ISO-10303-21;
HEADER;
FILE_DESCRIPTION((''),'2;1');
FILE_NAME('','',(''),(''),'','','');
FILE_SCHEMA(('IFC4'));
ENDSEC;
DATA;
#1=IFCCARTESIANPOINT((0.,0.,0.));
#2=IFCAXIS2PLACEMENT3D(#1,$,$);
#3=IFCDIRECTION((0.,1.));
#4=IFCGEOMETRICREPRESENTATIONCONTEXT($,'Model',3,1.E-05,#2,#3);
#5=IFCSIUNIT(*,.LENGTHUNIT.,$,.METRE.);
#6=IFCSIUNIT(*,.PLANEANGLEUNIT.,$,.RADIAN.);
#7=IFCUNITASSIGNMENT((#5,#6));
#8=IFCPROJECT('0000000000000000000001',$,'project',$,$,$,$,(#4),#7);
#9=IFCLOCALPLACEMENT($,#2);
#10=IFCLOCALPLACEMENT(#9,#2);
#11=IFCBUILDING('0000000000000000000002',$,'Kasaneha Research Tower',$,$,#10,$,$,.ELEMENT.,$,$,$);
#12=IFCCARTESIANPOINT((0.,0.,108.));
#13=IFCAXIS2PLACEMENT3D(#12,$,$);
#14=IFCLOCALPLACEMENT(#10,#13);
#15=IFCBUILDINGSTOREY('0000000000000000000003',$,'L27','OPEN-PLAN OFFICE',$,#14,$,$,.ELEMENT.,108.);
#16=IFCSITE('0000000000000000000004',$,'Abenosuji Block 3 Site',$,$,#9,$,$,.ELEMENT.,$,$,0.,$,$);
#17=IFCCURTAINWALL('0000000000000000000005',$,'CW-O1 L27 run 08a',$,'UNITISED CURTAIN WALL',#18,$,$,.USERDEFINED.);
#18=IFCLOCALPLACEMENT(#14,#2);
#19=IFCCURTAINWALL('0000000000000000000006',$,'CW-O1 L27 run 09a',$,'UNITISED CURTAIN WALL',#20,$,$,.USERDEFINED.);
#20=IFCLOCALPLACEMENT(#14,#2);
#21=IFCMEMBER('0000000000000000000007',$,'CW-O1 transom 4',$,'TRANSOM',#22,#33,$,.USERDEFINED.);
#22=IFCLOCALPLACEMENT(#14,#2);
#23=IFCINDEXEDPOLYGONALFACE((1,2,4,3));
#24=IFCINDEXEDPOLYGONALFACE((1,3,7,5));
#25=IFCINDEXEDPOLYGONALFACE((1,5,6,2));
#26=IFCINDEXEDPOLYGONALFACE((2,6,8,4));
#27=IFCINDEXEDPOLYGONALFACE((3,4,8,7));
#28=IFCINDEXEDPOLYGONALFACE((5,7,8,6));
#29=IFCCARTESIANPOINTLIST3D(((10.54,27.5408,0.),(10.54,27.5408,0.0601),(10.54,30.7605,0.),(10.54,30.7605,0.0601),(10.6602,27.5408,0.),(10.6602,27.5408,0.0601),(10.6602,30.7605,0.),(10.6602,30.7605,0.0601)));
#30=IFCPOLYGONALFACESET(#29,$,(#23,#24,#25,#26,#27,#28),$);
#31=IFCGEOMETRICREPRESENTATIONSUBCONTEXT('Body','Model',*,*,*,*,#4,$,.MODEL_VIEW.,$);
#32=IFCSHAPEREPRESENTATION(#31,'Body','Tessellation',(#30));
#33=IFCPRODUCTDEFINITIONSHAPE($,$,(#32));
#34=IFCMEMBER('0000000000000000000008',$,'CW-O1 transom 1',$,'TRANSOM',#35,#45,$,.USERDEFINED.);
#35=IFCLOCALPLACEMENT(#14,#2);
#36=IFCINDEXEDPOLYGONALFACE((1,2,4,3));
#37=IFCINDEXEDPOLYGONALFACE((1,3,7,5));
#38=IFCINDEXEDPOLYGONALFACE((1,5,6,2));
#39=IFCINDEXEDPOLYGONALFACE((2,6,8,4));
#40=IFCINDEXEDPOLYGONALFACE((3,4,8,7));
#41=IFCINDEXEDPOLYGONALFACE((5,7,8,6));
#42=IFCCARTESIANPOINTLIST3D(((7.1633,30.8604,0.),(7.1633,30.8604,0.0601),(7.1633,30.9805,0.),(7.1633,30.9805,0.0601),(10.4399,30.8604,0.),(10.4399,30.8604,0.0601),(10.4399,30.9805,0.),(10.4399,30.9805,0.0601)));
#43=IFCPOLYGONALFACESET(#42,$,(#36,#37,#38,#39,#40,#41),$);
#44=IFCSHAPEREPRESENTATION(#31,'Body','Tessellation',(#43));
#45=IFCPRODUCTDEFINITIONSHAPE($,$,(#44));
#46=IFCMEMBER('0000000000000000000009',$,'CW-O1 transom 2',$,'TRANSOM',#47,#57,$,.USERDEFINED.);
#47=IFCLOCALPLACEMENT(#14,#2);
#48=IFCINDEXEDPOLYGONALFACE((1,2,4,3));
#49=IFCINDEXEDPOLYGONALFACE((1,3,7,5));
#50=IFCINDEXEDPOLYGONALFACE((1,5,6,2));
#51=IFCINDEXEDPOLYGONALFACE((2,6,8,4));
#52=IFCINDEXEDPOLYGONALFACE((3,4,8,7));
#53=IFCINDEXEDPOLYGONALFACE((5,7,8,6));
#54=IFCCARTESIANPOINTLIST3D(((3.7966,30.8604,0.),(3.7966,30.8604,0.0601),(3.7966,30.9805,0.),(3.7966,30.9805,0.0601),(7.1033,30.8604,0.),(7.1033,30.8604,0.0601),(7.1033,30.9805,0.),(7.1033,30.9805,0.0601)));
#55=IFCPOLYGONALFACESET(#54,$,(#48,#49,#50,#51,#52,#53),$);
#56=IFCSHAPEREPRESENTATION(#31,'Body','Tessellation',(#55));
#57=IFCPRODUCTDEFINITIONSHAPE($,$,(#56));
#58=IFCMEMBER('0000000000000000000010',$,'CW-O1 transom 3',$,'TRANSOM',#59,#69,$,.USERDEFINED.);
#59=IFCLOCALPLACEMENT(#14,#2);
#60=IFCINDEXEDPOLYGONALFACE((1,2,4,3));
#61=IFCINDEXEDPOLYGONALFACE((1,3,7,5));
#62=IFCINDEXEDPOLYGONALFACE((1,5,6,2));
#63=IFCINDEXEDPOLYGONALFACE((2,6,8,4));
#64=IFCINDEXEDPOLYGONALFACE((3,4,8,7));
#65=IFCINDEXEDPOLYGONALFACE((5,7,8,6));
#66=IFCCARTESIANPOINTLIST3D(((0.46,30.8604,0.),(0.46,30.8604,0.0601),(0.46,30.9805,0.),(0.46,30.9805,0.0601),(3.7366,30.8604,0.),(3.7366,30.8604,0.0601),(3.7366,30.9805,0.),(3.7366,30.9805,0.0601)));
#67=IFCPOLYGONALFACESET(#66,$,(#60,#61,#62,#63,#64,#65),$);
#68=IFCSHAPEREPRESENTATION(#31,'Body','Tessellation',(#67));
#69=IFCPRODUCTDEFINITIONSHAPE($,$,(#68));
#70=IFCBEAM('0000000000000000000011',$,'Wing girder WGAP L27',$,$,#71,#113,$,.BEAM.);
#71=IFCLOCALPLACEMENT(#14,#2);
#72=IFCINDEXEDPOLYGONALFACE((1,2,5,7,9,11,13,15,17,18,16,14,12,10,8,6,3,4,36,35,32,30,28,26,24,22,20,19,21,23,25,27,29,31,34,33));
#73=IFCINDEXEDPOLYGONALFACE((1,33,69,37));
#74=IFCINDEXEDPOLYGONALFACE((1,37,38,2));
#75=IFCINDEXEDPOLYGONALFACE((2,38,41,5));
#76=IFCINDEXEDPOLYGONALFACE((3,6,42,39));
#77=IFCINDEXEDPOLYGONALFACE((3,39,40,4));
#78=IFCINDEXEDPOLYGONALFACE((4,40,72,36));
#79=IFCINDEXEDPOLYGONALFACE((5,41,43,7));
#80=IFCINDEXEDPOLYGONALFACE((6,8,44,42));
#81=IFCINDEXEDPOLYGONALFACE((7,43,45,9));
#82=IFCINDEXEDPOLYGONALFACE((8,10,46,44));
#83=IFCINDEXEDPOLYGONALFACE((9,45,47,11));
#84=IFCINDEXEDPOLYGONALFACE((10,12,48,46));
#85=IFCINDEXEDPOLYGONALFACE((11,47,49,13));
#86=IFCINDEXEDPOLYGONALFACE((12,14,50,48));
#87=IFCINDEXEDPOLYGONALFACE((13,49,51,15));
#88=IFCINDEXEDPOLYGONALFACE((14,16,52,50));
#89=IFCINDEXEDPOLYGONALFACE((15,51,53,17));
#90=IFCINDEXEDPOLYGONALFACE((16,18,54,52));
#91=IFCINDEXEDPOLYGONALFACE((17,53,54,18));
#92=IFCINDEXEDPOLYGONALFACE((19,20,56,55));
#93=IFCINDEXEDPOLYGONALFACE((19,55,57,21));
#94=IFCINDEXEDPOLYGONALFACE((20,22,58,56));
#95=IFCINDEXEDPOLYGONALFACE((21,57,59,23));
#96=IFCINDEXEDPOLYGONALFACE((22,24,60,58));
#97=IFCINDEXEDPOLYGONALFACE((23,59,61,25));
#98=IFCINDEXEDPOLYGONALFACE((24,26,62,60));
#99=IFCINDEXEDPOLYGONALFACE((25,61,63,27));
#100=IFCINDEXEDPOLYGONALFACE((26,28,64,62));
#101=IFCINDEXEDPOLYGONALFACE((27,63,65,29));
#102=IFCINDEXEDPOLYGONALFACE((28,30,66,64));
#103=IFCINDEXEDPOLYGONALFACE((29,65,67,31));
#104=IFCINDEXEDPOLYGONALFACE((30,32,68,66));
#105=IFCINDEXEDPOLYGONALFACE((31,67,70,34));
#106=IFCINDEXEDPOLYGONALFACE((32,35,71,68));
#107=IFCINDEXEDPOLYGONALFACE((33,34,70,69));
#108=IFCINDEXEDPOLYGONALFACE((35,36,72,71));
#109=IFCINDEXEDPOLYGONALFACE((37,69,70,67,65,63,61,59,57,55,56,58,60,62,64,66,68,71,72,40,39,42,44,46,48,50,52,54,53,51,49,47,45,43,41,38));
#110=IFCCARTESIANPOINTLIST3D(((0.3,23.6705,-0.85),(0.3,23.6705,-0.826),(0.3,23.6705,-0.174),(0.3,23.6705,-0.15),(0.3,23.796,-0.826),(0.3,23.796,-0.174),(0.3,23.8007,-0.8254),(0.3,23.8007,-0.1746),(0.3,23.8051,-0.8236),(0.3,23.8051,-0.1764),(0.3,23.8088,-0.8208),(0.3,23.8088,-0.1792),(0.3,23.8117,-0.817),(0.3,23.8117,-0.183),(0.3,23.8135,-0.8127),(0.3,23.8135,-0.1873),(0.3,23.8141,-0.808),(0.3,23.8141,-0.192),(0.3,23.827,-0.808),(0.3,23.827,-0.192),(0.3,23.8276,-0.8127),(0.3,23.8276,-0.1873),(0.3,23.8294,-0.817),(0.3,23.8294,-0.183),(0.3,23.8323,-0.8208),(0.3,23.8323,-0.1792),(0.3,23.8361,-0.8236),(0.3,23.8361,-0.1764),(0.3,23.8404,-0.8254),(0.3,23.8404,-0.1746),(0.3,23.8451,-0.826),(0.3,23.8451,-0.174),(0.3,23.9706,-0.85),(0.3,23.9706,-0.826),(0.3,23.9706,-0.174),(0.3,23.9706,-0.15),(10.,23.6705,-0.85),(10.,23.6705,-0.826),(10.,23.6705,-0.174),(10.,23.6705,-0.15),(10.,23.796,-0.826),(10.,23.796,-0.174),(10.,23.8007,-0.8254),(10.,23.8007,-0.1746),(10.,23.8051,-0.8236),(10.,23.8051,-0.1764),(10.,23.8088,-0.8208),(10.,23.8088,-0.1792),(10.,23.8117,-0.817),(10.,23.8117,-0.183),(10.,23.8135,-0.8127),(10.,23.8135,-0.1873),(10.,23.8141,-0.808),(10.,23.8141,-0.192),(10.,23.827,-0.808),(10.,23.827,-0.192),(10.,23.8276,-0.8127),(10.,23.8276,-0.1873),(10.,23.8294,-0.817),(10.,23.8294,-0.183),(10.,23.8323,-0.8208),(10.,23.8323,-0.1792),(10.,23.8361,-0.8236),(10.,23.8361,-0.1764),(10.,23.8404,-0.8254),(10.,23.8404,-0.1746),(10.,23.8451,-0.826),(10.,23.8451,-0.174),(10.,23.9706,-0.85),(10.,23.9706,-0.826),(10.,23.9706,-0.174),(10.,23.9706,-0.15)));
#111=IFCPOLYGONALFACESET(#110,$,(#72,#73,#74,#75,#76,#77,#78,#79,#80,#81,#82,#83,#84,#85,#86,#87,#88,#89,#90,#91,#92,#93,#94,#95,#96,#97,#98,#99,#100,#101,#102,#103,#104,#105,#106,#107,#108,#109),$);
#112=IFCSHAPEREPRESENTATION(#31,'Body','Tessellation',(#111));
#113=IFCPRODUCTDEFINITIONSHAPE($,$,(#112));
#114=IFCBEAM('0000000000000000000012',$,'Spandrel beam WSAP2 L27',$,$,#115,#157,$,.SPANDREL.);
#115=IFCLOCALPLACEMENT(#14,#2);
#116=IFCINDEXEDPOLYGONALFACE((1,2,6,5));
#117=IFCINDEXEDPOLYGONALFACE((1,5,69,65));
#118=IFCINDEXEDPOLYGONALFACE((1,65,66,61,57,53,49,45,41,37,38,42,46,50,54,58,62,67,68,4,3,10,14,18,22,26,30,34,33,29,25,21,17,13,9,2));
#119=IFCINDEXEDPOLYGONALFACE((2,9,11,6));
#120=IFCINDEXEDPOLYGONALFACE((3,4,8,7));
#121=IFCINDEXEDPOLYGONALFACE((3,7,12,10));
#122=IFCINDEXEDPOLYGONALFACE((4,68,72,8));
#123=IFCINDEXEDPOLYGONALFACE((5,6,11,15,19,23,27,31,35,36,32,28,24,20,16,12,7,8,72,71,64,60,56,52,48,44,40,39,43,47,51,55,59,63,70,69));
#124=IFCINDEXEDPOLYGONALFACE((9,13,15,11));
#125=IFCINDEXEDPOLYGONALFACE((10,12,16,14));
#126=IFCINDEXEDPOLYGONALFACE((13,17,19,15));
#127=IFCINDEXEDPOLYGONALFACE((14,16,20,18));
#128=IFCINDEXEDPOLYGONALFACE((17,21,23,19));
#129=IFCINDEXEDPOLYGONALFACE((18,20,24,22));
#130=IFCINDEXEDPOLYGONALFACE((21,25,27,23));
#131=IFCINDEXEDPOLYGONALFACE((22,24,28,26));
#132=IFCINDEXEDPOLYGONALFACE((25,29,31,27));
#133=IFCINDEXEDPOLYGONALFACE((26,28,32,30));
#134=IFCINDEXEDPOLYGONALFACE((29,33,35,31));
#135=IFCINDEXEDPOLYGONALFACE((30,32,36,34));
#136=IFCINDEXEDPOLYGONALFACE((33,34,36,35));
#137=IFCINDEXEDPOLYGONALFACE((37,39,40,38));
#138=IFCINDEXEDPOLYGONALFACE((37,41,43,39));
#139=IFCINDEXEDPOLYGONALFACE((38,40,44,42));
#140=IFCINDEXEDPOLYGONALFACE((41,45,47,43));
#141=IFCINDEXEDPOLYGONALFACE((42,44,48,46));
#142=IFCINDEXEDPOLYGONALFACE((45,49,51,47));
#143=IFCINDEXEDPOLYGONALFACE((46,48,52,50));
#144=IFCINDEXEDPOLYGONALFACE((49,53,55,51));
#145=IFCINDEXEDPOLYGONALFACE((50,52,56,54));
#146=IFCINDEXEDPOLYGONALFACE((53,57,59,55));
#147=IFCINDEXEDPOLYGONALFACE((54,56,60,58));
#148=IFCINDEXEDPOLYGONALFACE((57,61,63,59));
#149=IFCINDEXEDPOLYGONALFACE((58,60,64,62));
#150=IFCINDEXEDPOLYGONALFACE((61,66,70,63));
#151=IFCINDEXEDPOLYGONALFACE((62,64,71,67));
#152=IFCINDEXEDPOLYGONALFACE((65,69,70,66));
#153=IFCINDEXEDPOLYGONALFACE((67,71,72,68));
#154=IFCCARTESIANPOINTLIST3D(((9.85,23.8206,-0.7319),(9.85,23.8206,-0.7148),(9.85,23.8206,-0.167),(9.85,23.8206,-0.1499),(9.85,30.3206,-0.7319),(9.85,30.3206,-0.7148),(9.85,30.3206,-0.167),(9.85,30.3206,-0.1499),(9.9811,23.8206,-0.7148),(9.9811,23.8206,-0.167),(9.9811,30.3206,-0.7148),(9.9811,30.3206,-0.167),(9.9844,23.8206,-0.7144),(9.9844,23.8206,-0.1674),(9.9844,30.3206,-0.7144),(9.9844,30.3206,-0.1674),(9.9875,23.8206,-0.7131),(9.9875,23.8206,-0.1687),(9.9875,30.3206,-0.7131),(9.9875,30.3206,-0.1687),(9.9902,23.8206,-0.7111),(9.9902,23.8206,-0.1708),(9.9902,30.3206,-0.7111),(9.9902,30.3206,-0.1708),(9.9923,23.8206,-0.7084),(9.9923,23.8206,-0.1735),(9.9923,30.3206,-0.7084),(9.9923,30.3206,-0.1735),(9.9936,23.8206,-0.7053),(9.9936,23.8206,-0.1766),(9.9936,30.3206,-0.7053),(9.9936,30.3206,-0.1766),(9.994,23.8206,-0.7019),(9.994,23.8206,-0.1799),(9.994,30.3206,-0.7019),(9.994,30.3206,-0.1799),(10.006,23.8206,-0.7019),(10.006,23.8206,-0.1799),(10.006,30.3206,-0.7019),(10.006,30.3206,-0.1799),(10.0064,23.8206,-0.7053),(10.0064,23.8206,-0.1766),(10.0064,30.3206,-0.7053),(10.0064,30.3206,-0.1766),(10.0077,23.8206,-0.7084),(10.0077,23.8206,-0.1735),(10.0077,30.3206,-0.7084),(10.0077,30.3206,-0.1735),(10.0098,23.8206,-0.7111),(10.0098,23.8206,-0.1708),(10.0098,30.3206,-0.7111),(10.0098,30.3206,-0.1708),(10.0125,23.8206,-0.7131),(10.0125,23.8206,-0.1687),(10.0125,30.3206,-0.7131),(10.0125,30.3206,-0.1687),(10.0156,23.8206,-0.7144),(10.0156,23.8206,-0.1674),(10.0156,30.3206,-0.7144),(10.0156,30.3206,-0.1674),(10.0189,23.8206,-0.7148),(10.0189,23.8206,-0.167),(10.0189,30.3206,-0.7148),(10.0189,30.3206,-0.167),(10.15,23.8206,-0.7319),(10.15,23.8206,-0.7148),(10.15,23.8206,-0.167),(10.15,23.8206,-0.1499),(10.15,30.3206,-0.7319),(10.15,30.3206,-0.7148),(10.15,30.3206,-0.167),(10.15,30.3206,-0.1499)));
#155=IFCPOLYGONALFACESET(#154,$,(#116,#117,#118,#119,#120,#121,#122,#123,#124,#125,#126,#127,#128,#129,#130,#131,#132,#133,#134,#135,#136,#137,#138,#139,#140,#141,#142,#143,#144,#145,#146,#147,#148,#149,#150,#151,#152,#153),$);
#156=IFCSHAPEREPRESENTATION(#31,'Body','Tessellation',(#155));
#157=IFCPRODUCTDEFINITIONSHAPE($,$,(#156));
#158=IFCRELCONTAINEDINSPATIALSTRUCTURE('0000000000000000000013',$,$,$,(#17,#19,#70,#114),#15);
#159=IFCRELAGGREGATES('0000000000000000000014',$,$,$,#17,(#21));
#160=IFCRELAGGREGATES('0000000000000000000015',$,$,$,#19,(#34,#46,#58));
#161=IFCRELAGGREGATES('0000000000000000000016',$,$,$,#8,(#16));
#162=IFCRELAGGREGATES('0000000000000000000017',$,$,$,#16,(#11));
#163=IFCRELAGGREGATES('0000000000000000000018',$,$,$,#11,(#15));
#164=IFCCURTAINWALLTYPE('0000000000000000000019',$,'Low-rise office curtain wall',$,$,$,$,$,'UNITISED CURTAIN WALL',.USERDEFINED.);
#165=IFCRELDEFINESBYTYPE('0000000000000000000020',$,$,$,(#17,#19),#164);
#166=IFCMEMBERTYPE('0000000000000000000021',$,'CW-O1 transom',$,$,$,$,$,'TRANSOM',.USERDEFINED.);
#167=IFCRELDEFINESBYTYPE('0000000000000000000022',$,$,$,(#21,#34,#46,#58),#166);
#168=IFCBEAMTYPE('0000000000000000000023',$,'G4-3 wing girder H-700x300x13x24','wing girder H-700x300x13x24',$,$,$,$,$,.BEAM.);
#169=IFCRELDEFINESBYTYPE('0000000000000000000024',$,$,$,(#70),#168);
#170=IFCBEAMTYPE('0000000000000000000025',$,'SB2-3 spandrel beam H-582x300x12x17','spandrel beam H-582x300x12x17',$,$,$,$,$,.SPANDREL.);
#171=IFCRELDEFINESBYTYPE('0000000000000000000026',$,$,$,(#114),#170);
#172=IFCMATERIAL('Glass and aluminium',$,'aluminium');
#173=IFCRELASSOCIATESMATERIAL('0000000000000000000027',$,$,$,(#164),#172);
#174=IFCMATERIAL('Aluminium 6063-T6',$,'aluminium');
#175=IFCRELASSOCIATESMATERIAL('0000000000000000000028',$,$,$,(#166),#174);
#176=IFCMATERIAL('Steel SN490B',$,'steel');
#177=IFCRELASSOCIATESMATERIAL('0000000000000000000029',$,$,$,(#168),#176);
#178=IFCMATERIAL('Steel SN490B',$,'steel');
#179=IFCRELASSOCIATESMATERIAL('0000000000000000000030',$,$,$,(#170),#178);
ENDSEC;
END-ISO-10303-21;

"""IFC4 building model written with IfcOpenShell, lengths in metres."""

from ifc_helpers import new_model, si_unit, direction, frame, origin, origin_2d, place, context, subcontext, project, spatial, rectangle, i_section, extrude, material, material_profile, profile_set, type_object, element, aggregate, save


model = new_model("IFC4")

# Units and contexts
model_context = context("Model", 3, precision=1e-05, world=origin(), true_north=direction((0.0, 1.0)))
body_context = subcontext(model_context, "Body", "Model", "MODEL_VIEW")
ifc_project = project(units=[si_unit("LENGTHUNIT", "METRE"), si_unit("PLANEANGLEUNIT", "RADIAN")], contexts=[model_context])

# Site, building, storey
site_placement = place(None, origin())
site = spatial("IfcSite", under=ifc_project, at=site_placement, Name="Abenosuji Block 3 Site", CompositionType="ELEMENT", RefElevation=0.0)
building_placement = place(site_placement, origin())
building = spatial("IfcBuilding", under=site, at=building_placement, Name="Kasaneha Research Tower", CompositionType="ELEMENT")
storey_placement = place(building_placement, frame((0.0, 0.0, 108.0)))
storey = spatial("IfcBuildingStorey", under=building, at=storey_placement, Name="L27", Description="OPEN-PLAN OFFICE", CompositionType="ELEMENT", Elevation=108.0)

# Curtain walls
ifc_material_1 = material(Name="Glass and aluminium", Category="aluminium")
curtain_wall_type = type_object("IfcCurtainWallType", Name="Low-rise office curtain wall", ElementType="UNITISED CURTAIN WALL", PredefinedType="USERDEFINED", material=ifc_material_1)
curtain_wall_1_placement = place(storey_placement, origin())
curtain_wall_1 = element("IfcCurtainWall", 1, at=curtain_wall_1_placement, inside=storey, type_object=curtain_wall_type, Name="CW-O1 L27 run 08a", ObjectType="UNITISED CURTAIN WALL", PredefinedType="USERDEFINED")
curtain_wall_2_placement = place(storey_placement, origin())
curtain_wall_2 = element("IfcCurtainWall", 2, at=curtain_wall_2_placement, inside=storey, type_object=curtain_wall_type, Name="CW-O1 L27 run 09a", ObjectType="UNITISED CURTAIN WALL", PredefinedType="USERDEFINED")

# Members
ifc_material_2 = material(Name="Aluminium 6063-T6", Category="aluminium")
ifc_material_profile_1 = material_profile(ifc_material_2, rectangle(XDim=0.1201, YDim=0.0601, at=origin_2d()), Name="CW-O1 transom 120x60")
ifc_profile_set_1 = profile_set([ifc_material_profile_1], Name="Aluminium 6063-T6")
member_type_1 = type_object("IfcMemberType", Name="CW-O1 transom", ElementType="TRANSOM", PredefinedType="USERDEFINED", material=ifc_profile_set_1)
member_1_placement = place(storey_placement, frame((10.6001, 27.5408, 0.03), z_axis=(0.0, 1.0, 0.0), x_axis=(-1.0, 0.0, 0.0)))
member_1 = element("IfcMember", 3, at=member_1_placement, type_object=member_type_1, Name="CW-O1 transom 4", ObjectType="TRANSOM", PredefinedType="USERDEFINED", context=body_context, shape_type="SweptSolid", body=[
    extrude(rectangle(XDim=0.1201, YDim=0.0601, at=origin_2d()), origin(), (0.0, 0.0, 1.0), 3.2197),
])
member_2_placement = place(storey_placement, frame((10.4399, 30.9204, 0.03), z_axis=(-1.0, 0.0, 0.0), x_axis=(0.0, -1.0, 0.0)))
member_2 = element("IfcMember", 4, at=member_2_placement, type_object=member_type_1, Name="CW-O1 transom 1", ObjectType="TRANSOM", PredefinedType="USERDEFINED", context=body_context, shape_type="SweptSolid", body=[
    extrude(rectangle(XDim=0.1201, YDim=0.0601, at=origin_2d()), origin(), (0.0, 0.0, 1.0), 3.2766),
])
member_3_placement = place(storey_placement, frame((7.1033, 30.9204, 0.03), z_axis=(-1.0, 0.0, 0.0), x_axis=(0.0, -1.0, 0.0)))
member_3 = element("IfcMember", 5, at=member_3_placement, type_object=member_type_1, Name="CW-O1 transom 2", ObjectType="TRANSOM", PredefinedType="USERDEFINED", context=body_context, shape_type="SweptSolid", body=[
    extrude(rectangle(XDim=0.1201, YDim=0.0601, at=origin_2d()), origin(), (0.0, 0.0, 1.0), 3.3066),
])
member_4_placement = place(storey_placement, frame((3.7366, 30.9204, 0.03), z_axis=(-1.0, 0.0, 0.0), x_axis=(0.0, -1.0, 0.0)))
member_4 = element("IfcMember", 6, at=member_4_placement, type_object=member_type_1, Name="CW-O1 transom 3", ObjectType="TRANSOM", PredefinedType="USERDEFINED", context=body_context, shape_type="SweptSolid", body=[
    extrude(rectangle(XDim=0.1201, YDim=0.0601, at=origin_2d()), origin(), (0.0, 0.0, 1.0), 3.2766),
])

# Beams
ifc_material_3 = material(Name="Steel SN490B", Category="steel")
ifc_material_profile_2 = material_profile(ifc_material_3, i_section(OverallWidth=0.3, OverallDepth=0.7, WebThickness=0.0129, FlangeThickness=0.0239, FilletRadius=0.0181, at=origin_2d()), Name="H-700x300x13x24")
ifc_profile_set_2 = profile_set([ifc_material_profile_2], Name="Steel SN490B")
beam_type_1 = type_object("IfcBeamType", Name="G4-3 wing girder H-700x300x13x24", Description="wing girder H-700x300x13x24", PredefinedType="BEAM", material=ifc_profile_set_2)
beam_1_placement = place(storey_placement, frame((10.0, 23.8206, -0.5), z_axis=(-1.0, 0.0, 0.0), x_axis=(0.0, -1.0, 0.0)))
element("IfcBeam", 7, at=beam_1_placement, inside=storey, type_object=beam_type_1, Name="Wing girder WGAP L27", PredefinedType="BEAM", context=body_context, shape_type="SweptSolid", body=[
    extrude(i_section(OverallWidth=0.3, OverallDepth=0.7, WebThickness=0.0129, FlangeThickness=0.0239, FilletRadius=0.0181, at=origin_2d()), origin(), (0.0, 0.0, 1.0), 9.7),
])
ifc_material_4 = material(Name="Steel SN490B", Category="steel")
ifc_material_profile_3 = material_profile(ifc_material_4, i_section(OverallWidth=0.3, OverallDepth=0.582, WebThickness=0.012, FlangeThickness=0.0171, FilletRadius=0.0129, at=origin_2d()), Name="H-582x300x12x17")
ifc_profile_set_3 = profile_set([ifc_material_profile_3], Name="Steel SN490B")
beam_type_2 = type_object("IfcBeamType", Name="SB2-3 spandrel beam H-582x300x12x17", Description="spandrel beam H-582x300x12x17", PredefinedType="SPANDREL", material=ifc_profile_set_3)
beam_2_placement = place(storey_placement, frame((10.0, 23.8206, -0.4409), z_axis=(0.0, 1.0, 0.0), x_axis=(-1.0, 0.0, 0.0)))
element("IfcBeam", 8, at=beam_2_placement, inside=storey, type_object=beam_type_2, Name="Spandrel beam WSAP2 L27", PredefinedType="SPANDREL", context=body_context, shape_type="SweptSolid", body=[
    extrude(i_section(OverallWidth=0.3, OverallDepth=0.582, WebThickness=0.012, FlangeThickness=0.0171, FilletRadius=0.0129, at=origin_2d()), origin(), (0.0, 0.0, 1.0), 6.5),
])

aggregate(curtain_wall_1, [member_1])
aggregate(curtain_wall_2, [member_2, member_3, member_4])

save(model, "model.ifc")
